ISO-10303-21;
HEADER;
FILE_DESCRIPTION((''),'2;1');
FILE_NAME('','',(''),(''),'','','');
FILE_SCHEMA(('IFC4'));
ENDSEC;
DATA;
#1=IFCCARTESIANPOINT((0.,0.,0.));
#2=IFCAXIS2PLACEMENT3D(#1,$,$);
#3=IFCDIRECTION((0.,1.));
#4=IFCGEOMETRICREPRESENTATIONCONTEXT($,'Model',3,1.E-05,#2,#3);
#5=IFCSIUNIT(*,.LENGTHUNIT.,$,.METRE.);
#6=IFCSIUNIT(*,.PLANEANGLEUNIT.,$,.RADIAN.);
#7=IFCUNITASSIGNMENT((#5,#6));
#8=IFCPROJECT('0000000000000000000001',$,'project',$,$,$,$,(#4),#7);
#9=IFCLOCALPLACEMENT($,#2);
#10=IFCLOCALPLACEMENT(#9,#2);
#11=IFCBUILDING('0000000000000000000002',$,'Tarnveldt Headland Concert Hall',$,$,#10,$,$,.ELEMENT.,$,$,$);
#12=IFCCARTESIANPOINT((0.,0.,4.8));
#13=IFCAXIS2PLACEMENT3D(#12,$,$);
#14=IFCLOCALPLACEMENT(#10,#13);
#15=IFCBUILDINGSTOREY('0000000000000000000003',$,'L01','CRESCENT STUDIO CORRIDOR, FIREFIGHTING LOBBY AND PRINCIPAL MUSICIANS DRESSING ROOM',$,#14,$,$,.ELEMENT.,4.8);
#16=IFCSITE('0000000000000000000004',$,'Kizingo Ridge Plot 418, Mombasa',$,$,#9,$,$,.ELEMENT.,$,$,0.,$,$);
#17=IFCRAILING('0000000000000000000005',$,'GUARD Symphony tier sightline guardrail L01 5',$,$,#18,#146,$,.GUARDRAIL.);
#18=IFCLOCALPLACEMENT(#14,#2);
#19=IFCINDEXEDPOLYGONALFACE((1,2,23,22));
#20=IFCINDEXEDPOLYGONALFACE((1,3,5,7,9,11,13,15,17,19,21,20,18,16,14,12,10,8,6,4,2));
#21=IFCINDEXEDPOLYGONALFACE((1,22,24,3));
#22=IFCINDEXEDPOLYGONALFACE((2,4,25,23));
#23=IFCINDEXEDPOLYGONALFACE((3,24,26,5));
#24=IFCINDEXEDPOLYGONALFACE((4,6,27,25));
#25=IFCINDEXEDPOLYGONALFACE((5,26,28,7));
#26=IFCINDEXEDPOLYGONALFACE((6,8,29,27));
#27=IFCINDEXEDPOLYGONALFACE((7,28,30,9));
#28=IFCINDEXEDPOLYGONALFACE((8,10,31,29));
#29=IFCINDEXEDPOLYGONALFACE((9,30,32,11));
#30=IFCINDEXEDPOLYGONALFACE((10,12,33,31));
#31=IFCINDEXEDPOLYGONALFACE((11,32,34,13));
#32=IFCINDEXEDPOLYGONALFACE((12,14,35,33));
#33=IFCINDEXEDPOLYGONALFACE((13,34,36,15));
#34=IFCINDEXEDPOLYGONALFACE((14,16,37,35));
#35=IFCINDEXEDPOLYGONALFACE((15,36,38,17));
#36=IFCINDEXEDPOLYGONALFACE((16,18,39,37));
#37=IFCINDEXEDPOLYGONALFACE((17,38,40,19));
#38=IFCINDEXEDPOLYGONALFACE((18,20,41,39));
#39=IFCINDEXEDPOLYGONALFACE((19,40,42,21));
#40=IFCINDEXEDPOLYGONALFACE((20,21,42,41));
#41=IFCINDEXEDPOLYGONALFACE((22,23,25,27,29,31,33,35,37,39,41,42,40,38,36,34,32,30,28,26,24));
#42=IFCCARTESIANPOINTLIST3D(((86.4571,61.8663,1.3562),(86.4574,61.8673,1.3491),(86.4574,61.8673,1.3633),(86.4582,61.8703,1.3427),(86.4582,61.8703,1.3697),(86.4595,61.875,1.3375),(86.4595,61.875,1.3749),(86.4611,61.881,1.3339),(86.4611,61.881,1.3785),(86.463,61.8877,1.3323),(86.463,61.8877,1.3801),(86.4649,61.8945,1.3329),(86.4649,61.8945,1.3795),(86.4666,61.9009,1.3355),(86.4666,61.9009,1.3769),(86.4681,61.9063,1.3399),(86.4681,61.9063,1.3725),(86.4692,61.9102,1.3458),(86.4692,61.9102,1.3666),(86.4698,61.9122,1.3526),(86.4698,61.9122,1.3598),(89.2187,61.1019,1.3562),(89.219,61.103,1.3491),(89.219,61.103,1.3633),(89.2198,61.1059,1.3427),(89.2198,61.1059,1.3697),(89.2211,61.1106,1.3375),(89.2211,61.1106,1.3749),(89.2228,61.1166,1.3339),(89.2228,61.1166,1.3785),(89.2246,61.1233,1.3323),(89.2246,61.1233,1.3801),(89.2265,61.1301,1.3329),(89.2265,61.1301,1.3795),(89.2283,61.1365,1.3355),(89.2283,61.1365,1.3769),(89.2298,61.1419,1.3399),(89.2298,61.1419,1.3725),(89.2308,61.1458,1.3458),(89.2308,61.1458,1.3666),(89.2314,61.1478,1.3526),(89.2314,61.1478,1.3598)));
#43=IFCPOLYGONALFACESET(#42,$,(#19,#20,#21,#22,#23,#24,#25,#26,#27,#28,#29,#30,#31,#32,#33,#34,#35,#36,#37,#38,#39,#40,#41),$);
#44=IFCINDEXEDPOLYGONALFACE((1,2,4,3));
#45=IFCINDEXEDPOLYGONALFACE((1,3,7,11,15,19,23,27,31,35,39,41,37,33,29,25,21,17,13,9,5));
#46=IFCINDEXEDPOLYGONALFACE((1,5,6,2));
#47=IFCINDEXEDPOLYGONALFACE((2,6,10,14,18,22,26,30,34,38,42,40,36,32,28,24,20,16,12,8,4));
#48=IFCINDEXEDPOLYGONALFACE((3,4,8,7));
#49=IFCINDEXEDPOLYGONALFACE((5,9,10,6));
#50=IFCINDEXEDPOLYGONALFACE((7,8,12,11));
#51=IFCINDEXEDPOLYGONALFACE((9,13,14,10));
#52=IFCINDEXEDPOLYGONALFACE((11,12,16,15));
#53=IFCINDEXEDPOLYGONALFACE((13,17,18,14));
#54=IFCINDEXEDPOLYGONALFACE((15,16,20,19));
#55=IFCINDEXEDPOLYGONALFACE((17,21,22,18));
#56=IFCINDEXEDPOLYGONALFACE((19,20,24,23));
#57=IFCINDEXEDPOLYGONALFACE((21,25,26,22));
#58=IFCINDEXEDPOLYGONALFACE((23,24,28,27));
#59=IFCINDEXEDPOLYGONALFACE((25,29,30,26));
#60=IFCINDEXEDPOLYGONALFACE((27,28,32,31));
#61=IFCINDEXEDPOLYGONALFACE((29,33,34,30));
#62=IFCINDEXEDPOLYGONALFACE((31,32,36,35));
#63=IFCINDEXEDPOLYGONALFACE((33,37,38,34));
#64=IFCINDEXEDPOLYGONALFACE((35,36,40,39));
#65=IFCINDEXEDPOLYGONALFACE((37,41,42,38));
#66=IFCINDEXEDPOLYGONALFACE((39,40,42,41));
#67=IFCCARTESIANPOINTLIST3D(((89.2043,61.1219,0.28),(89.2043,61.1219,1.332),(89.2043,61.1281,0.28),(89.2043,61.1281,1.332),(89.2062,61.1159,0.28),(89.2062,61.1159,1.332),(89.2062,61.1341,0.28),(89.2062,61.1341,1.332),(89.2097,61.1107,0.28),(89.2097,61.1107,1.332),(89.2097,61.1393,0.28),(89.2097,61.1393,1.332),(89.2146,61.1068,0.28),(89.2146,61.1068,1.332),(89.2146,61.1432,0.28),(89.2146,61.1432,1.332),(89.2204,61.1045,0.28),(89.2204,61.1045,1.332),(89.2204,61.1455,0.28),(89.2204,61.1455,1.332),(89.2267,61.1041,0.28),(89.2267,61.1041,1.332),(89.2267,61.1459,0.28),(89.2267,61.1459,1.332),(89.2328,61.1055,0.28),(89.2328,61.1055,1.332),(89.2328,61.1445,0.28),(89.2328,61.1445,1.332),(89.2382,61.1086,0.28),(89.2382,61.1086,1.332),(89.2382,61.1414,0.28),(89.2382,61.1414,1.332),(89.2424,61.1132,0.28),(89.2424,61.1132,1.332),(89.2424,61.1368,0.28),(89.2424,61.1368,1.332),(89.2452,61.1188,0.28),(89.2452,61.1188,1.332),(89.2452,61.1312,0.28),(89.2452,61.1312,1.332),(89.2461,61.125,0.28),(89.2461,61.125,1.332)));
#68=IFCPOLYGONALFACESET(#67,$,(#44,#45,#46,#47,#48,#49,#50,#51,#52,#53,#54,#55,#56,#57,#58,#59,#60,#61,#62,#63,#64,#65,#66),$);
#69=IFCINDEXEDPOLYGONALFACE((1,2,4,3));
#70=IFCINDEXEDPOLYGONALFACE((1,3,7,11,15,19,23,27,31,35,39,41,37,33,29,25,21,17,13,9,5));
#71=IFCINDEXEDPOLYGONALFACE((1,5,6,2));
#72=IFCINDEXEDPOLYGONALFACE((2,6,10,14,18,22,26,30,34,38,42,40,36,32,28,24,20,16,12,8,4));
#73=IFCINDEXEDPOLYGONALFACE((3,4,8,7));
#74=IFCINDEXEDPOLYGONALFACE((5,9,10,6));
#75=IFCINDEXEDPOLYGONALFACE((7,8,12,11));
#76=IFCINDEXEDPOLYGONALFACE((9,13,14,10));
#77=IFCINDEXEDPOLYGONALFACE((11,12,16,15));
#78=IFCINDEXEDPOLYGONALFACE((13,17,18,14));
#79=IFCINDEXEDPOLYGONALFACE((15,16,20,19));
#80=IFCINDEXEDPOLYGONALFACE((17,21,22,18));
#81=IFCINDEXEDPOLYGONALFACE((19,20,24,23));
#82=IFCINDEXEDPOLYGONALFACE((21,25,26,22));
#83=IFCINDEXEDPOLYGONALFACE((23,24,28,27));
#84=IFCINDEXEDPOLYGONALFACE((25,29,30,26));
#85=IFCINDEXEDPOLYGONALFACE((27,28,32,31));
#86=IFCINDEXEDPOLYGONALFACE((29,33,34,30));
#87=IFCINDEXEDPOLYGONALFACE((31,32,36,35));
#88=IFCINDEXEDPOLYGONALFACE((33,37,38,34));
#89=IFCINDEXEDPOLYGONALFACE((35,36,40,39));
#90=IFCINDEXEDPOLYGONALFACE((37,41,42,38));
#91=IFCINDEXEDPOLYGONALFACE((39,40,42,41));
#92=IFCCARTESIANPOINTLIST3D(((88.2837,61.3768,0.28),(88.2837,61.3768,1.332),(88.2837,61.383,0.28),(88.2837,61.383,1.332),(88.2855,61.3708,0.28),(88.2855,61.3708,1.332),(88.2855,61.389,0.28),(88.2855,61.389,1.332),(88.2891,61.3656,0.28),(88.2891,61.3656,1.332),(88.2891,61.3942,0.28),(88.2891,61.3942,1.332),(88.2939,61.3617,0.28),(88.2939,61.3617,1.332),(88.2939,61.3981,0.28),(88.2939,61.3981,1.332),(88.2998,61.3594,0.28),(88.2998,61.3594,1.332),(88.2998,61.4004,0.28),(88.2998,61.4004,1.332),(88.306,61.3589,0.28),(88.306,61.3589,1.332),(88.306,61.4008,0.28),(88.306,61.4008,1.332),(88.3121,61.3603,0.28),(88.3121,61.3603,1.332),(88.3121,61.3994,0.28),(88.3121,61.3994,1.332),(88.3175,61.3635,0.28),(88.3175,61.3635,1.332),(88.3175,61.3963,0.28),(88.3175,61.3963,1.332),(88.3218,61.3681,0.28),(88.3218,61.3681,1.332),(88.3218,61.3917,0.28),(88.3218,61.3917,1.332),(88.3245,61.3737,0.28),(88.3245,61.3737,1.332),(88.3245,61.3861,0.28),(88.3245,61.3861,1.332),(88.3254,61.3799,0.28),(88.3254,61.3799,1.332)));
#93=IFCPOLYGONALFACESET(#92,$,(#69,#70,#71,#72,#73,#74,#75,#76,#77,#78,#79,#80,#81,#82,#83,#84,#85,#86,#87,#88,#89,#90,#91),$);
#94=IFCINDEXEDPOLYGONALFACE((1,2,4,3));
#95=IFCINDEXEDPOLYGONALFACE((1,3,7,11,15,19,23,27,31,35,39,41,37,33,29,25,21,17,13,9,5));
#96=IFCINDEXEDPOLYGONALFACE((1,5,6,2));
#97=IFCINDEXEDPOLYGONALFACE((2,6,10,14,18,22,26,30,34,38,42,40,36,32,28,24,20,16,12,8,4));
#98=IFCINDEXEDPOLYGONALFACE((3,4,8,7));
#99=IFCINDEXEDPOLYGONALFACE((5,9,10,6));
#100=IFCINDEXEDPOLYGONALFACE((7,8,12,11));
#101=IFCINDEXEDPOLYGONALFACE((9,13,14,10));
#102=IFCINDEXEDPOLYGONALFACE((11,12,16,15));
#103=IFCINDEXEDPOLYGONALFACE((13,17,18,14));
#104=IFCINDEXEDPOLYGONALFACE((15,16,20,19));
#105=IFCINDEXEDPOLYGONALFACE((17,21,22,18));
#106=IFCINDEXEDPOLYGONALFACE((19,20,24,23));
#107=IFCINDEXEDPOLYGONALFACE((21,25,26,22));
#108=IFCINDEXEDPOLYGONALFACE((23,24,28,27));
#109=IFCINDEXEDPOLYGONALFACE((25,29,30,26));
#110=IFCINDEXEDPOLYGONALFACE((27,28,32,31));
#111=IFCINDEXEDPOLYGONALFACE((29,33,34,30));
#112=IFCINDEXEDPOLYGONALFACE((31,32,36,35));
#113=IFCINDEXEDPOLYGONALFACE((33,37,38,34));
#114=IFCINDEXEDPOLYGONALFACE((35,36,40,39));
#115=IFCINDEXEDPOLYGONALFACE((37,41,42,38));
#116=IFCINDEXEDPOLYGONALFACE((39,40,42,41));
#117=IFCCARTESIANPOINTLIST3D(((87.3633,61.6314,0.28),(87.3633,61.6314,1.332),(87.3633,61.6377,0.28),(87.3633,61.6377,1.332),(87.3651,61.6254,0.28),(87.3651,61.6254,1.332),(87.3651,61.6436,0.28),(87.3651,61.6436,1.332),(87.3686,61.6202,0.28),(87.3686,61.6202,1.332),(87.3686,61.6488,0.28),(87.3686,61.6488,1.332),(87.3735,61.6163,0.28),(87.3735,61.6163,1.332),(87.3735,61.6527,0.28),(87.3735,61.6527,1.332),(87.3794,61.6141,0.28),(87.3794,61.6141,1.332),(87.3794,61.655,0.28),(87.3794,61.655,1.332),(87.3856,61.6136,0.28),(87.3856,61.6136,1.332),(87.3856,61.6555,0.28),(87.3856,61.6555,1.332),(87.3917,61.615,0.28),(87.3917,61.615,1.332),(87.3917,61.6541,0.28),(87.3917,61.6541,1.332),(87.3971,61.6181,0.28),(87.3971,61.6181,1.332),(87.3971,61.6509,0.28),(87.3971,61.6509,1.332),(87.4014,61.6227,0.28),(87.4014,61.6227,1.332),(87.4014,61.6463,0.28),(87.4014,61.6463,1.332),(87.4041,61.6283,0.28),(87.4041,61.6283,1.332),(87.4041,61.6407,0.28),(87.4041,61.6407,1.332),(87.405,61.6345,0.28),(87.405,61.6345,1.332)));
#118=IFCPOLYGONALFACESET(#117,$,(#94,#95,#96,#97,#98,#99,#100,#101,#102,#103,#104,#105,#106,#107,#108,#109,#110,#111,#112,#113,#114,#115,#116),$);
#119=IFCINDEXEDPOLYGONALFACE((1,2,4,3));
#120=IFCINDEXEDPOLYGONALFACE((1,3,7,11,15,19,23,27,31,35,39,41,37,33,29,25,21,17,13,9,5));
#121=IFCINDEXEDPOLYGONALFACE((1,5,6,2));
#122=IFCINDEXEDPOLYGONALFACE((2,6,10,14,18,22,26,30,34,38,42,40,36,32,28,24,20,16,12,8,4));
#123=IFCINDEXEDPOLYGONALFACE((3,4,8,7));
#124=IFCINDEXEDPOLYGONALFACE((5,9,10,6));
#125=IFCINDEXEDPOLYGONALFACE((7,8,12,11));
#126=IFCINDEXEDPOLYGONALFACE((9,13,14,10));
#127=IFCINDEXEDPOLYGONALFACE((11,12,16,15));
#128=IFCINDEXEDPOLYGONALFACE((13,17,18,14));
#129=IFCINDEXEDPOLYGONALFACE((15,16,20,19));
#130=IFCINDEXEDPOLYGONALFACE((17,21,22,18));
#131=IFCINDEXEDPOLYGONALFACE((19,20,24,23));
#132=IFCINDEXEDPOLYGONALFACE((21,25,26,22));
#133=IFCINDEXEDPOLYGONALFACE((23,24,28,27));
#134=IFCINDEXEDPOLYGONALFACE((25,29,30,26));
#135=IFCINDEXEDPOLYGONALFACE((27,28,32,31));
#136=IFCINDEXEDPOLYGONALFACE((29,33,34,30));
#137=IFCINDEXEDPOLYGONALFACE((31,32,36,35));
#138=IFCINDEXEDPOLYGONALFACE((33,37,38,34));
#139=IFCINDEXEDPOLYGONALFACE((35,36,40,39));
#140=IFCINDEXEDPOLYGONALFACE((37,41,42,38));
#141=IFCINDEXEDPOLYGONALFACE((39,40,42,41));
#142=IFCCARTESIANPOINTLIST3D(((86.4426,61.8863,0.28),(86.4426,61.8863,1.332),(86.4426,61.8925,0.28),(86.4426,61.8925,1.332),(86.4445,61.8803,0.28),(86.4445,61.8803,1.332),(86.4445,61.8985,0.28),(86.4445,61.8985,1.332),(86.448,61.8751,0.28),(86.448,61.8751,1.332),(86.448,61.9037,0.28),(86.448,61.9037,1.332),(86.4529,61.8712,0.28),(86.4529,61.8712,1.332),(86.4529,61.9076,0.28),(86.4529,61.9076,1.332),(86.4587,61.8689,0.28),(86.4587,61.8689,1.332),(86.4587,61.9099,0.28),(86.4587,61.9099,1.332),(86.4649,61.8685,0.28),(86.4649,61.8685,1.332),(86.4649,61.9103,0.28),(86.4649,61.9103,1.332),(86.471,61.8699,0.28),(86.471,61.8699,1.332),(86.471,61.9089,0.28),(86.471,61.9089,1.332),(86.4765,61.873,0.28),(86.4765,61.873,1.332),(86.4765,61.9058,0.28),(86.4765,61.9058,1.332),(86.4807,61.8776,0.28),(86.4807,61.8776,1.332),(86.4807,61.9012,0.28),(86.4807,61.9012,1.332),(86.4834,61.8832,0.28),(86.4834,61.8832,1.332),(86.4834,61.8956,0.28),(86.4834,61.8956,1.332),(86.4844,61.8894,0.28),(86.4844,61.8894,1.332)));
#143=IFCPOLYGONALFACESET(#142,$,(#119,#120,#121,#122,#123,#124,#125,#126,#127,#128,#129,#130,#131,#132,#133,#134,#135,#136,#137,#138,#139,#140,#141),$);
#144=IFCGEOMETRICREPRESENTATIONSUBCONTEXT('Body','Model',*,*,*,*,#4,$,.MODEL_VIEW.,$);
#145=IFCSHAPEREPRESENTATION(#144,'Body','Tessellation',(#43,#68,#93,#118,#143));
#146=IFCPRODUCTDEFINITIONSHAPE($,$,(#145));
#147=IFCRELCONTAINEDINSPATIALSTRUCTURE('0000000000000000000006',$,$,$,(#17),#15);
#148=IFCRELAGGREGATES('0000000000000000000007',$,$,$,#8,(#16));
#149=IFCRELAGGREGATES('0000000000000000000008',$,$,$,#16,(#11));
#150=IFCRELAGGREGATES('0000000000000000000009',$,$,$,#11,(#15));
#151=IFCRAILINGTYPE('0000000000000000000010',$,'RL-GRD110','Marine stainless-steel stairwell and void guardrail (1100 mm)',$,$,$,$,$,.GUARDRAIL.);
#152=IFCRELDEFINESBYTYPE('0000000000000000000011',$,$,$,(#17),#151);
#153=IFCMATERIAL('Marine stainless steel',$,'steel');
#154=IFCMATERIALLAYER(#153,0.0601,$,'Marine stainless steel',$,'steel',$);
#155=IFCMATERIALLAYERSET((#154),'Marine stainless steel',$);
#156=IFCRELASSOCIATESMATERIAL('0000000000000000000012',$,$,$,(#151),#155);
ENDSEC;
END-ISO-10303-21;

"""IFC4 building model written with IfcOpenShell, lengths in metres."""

from ifc_helpers import new_model, si_unit, direction, frame, origin, origin_2d, place, context, subcontext, project, spatial, circle, extrude, material, layer, layer_set, type_object, element, save


model = new_model("IFC4")

# Units and contexts
model_context = context("Model", 3, precision=1e-05, world=origin(), true_north=direction((0.0, 1.0)))
body_context = subcontext(model_context, "Body", "Model", "MODEL_VIEW")
ifc_project = project(units=[si_unit("LENGTHUNIT", "METRE"), si_unit("PLANEANGLEUNIT", "RADIAN")], contexts=[model_context])

# Site, building, storey
site_placement = place(None, origin())
site = spatial("IfcSite", under=ifc_project, at=site_placement, Name="Kizingo Ridge Plot 418, Mombasa", CompositionType="ELEMENT", RefElevation=0.0)
building_placement = place(site_placement, origin())
building = spatial("IfcBuilding", under=site, at=building_placement, Name="Tarnveldt Headland Concert Hall", CompositionType="ELEMENT")
storey_placement = place(building_placement, frame((0.0, 0.0, 4.8)))
storey = spatial("IfcBuildingStorey", under=building, at=storey_placement, Name="L01", Description="CRESCENT STUDIO CORRIDOR, FIREFIGHTING LOBBY AND PRINCIPAL MUSICIANS DRESSING ROOM", CompositionType="ELEMENT", Elevation=4.8)

# Railing
ifc_material_1 = material(Name="Marine stainless steel", Category="steel")
ifc_layer_1 = layer(ifc_material_1, 0.0601, Name="Marine stainless steel", Category="steel")
ifc_layer_set_1 = layer_set([ifc_layer_1], Name="Marine stainless steel")
railing_type = type_object("IfcRailingType", Name="RL-GRD110", Description="Marine stainless-steel stairwell and void guardrail (1100 mm)", PredefinedType="GUARDRAIL", material=ifc_layer_set_1)
railing_1_placement = place(storey_placement, frame((89.2251, 61.125, 0.28)))
element("IfcRailing", 1, at=railing_1_placement, inside=storey, type_object=railing_type, Name="GUARD Symphony tier sightline guardrail L01 5", PredefinedType="GUARDRAIL", context=body_context, shape_type="SweptSolid", body=[
    extrude(circle(Radius=0.0239, at=origin_2d()), frame((0.0, 0.0, 1.0762), z_axis=(-0.963764, 0.266756, 0.0), x_axis=(-0.266756, -0.963764, 0.0)), (0.0, 0.0, 1.0), 2.8655),
    extrude(circle(Radius=0.021, at=origin_2d()), origin(), (0.0, 0.0, 1.0), 1.052),
    extrude(circle(Radius=0.021, at=origin_2d()), frame((-0.9207, 0.2549, 0.0)), (0.0, 0.0, 1.0), 1.052),
    extrude(circle(Radius=0.021, at=origin_2d()), frame((-1.8411, 0.5095, 0.0)), (0.0, 0.0, 1.0), 1.052),
    extrude(circle(Radius=0.021, at=origin_2d()), frame((-2.7617, 0.7644, 0.0)), (0.0, 0.0, 1.0), 1.052),
])

save(model, "model.ifc")
